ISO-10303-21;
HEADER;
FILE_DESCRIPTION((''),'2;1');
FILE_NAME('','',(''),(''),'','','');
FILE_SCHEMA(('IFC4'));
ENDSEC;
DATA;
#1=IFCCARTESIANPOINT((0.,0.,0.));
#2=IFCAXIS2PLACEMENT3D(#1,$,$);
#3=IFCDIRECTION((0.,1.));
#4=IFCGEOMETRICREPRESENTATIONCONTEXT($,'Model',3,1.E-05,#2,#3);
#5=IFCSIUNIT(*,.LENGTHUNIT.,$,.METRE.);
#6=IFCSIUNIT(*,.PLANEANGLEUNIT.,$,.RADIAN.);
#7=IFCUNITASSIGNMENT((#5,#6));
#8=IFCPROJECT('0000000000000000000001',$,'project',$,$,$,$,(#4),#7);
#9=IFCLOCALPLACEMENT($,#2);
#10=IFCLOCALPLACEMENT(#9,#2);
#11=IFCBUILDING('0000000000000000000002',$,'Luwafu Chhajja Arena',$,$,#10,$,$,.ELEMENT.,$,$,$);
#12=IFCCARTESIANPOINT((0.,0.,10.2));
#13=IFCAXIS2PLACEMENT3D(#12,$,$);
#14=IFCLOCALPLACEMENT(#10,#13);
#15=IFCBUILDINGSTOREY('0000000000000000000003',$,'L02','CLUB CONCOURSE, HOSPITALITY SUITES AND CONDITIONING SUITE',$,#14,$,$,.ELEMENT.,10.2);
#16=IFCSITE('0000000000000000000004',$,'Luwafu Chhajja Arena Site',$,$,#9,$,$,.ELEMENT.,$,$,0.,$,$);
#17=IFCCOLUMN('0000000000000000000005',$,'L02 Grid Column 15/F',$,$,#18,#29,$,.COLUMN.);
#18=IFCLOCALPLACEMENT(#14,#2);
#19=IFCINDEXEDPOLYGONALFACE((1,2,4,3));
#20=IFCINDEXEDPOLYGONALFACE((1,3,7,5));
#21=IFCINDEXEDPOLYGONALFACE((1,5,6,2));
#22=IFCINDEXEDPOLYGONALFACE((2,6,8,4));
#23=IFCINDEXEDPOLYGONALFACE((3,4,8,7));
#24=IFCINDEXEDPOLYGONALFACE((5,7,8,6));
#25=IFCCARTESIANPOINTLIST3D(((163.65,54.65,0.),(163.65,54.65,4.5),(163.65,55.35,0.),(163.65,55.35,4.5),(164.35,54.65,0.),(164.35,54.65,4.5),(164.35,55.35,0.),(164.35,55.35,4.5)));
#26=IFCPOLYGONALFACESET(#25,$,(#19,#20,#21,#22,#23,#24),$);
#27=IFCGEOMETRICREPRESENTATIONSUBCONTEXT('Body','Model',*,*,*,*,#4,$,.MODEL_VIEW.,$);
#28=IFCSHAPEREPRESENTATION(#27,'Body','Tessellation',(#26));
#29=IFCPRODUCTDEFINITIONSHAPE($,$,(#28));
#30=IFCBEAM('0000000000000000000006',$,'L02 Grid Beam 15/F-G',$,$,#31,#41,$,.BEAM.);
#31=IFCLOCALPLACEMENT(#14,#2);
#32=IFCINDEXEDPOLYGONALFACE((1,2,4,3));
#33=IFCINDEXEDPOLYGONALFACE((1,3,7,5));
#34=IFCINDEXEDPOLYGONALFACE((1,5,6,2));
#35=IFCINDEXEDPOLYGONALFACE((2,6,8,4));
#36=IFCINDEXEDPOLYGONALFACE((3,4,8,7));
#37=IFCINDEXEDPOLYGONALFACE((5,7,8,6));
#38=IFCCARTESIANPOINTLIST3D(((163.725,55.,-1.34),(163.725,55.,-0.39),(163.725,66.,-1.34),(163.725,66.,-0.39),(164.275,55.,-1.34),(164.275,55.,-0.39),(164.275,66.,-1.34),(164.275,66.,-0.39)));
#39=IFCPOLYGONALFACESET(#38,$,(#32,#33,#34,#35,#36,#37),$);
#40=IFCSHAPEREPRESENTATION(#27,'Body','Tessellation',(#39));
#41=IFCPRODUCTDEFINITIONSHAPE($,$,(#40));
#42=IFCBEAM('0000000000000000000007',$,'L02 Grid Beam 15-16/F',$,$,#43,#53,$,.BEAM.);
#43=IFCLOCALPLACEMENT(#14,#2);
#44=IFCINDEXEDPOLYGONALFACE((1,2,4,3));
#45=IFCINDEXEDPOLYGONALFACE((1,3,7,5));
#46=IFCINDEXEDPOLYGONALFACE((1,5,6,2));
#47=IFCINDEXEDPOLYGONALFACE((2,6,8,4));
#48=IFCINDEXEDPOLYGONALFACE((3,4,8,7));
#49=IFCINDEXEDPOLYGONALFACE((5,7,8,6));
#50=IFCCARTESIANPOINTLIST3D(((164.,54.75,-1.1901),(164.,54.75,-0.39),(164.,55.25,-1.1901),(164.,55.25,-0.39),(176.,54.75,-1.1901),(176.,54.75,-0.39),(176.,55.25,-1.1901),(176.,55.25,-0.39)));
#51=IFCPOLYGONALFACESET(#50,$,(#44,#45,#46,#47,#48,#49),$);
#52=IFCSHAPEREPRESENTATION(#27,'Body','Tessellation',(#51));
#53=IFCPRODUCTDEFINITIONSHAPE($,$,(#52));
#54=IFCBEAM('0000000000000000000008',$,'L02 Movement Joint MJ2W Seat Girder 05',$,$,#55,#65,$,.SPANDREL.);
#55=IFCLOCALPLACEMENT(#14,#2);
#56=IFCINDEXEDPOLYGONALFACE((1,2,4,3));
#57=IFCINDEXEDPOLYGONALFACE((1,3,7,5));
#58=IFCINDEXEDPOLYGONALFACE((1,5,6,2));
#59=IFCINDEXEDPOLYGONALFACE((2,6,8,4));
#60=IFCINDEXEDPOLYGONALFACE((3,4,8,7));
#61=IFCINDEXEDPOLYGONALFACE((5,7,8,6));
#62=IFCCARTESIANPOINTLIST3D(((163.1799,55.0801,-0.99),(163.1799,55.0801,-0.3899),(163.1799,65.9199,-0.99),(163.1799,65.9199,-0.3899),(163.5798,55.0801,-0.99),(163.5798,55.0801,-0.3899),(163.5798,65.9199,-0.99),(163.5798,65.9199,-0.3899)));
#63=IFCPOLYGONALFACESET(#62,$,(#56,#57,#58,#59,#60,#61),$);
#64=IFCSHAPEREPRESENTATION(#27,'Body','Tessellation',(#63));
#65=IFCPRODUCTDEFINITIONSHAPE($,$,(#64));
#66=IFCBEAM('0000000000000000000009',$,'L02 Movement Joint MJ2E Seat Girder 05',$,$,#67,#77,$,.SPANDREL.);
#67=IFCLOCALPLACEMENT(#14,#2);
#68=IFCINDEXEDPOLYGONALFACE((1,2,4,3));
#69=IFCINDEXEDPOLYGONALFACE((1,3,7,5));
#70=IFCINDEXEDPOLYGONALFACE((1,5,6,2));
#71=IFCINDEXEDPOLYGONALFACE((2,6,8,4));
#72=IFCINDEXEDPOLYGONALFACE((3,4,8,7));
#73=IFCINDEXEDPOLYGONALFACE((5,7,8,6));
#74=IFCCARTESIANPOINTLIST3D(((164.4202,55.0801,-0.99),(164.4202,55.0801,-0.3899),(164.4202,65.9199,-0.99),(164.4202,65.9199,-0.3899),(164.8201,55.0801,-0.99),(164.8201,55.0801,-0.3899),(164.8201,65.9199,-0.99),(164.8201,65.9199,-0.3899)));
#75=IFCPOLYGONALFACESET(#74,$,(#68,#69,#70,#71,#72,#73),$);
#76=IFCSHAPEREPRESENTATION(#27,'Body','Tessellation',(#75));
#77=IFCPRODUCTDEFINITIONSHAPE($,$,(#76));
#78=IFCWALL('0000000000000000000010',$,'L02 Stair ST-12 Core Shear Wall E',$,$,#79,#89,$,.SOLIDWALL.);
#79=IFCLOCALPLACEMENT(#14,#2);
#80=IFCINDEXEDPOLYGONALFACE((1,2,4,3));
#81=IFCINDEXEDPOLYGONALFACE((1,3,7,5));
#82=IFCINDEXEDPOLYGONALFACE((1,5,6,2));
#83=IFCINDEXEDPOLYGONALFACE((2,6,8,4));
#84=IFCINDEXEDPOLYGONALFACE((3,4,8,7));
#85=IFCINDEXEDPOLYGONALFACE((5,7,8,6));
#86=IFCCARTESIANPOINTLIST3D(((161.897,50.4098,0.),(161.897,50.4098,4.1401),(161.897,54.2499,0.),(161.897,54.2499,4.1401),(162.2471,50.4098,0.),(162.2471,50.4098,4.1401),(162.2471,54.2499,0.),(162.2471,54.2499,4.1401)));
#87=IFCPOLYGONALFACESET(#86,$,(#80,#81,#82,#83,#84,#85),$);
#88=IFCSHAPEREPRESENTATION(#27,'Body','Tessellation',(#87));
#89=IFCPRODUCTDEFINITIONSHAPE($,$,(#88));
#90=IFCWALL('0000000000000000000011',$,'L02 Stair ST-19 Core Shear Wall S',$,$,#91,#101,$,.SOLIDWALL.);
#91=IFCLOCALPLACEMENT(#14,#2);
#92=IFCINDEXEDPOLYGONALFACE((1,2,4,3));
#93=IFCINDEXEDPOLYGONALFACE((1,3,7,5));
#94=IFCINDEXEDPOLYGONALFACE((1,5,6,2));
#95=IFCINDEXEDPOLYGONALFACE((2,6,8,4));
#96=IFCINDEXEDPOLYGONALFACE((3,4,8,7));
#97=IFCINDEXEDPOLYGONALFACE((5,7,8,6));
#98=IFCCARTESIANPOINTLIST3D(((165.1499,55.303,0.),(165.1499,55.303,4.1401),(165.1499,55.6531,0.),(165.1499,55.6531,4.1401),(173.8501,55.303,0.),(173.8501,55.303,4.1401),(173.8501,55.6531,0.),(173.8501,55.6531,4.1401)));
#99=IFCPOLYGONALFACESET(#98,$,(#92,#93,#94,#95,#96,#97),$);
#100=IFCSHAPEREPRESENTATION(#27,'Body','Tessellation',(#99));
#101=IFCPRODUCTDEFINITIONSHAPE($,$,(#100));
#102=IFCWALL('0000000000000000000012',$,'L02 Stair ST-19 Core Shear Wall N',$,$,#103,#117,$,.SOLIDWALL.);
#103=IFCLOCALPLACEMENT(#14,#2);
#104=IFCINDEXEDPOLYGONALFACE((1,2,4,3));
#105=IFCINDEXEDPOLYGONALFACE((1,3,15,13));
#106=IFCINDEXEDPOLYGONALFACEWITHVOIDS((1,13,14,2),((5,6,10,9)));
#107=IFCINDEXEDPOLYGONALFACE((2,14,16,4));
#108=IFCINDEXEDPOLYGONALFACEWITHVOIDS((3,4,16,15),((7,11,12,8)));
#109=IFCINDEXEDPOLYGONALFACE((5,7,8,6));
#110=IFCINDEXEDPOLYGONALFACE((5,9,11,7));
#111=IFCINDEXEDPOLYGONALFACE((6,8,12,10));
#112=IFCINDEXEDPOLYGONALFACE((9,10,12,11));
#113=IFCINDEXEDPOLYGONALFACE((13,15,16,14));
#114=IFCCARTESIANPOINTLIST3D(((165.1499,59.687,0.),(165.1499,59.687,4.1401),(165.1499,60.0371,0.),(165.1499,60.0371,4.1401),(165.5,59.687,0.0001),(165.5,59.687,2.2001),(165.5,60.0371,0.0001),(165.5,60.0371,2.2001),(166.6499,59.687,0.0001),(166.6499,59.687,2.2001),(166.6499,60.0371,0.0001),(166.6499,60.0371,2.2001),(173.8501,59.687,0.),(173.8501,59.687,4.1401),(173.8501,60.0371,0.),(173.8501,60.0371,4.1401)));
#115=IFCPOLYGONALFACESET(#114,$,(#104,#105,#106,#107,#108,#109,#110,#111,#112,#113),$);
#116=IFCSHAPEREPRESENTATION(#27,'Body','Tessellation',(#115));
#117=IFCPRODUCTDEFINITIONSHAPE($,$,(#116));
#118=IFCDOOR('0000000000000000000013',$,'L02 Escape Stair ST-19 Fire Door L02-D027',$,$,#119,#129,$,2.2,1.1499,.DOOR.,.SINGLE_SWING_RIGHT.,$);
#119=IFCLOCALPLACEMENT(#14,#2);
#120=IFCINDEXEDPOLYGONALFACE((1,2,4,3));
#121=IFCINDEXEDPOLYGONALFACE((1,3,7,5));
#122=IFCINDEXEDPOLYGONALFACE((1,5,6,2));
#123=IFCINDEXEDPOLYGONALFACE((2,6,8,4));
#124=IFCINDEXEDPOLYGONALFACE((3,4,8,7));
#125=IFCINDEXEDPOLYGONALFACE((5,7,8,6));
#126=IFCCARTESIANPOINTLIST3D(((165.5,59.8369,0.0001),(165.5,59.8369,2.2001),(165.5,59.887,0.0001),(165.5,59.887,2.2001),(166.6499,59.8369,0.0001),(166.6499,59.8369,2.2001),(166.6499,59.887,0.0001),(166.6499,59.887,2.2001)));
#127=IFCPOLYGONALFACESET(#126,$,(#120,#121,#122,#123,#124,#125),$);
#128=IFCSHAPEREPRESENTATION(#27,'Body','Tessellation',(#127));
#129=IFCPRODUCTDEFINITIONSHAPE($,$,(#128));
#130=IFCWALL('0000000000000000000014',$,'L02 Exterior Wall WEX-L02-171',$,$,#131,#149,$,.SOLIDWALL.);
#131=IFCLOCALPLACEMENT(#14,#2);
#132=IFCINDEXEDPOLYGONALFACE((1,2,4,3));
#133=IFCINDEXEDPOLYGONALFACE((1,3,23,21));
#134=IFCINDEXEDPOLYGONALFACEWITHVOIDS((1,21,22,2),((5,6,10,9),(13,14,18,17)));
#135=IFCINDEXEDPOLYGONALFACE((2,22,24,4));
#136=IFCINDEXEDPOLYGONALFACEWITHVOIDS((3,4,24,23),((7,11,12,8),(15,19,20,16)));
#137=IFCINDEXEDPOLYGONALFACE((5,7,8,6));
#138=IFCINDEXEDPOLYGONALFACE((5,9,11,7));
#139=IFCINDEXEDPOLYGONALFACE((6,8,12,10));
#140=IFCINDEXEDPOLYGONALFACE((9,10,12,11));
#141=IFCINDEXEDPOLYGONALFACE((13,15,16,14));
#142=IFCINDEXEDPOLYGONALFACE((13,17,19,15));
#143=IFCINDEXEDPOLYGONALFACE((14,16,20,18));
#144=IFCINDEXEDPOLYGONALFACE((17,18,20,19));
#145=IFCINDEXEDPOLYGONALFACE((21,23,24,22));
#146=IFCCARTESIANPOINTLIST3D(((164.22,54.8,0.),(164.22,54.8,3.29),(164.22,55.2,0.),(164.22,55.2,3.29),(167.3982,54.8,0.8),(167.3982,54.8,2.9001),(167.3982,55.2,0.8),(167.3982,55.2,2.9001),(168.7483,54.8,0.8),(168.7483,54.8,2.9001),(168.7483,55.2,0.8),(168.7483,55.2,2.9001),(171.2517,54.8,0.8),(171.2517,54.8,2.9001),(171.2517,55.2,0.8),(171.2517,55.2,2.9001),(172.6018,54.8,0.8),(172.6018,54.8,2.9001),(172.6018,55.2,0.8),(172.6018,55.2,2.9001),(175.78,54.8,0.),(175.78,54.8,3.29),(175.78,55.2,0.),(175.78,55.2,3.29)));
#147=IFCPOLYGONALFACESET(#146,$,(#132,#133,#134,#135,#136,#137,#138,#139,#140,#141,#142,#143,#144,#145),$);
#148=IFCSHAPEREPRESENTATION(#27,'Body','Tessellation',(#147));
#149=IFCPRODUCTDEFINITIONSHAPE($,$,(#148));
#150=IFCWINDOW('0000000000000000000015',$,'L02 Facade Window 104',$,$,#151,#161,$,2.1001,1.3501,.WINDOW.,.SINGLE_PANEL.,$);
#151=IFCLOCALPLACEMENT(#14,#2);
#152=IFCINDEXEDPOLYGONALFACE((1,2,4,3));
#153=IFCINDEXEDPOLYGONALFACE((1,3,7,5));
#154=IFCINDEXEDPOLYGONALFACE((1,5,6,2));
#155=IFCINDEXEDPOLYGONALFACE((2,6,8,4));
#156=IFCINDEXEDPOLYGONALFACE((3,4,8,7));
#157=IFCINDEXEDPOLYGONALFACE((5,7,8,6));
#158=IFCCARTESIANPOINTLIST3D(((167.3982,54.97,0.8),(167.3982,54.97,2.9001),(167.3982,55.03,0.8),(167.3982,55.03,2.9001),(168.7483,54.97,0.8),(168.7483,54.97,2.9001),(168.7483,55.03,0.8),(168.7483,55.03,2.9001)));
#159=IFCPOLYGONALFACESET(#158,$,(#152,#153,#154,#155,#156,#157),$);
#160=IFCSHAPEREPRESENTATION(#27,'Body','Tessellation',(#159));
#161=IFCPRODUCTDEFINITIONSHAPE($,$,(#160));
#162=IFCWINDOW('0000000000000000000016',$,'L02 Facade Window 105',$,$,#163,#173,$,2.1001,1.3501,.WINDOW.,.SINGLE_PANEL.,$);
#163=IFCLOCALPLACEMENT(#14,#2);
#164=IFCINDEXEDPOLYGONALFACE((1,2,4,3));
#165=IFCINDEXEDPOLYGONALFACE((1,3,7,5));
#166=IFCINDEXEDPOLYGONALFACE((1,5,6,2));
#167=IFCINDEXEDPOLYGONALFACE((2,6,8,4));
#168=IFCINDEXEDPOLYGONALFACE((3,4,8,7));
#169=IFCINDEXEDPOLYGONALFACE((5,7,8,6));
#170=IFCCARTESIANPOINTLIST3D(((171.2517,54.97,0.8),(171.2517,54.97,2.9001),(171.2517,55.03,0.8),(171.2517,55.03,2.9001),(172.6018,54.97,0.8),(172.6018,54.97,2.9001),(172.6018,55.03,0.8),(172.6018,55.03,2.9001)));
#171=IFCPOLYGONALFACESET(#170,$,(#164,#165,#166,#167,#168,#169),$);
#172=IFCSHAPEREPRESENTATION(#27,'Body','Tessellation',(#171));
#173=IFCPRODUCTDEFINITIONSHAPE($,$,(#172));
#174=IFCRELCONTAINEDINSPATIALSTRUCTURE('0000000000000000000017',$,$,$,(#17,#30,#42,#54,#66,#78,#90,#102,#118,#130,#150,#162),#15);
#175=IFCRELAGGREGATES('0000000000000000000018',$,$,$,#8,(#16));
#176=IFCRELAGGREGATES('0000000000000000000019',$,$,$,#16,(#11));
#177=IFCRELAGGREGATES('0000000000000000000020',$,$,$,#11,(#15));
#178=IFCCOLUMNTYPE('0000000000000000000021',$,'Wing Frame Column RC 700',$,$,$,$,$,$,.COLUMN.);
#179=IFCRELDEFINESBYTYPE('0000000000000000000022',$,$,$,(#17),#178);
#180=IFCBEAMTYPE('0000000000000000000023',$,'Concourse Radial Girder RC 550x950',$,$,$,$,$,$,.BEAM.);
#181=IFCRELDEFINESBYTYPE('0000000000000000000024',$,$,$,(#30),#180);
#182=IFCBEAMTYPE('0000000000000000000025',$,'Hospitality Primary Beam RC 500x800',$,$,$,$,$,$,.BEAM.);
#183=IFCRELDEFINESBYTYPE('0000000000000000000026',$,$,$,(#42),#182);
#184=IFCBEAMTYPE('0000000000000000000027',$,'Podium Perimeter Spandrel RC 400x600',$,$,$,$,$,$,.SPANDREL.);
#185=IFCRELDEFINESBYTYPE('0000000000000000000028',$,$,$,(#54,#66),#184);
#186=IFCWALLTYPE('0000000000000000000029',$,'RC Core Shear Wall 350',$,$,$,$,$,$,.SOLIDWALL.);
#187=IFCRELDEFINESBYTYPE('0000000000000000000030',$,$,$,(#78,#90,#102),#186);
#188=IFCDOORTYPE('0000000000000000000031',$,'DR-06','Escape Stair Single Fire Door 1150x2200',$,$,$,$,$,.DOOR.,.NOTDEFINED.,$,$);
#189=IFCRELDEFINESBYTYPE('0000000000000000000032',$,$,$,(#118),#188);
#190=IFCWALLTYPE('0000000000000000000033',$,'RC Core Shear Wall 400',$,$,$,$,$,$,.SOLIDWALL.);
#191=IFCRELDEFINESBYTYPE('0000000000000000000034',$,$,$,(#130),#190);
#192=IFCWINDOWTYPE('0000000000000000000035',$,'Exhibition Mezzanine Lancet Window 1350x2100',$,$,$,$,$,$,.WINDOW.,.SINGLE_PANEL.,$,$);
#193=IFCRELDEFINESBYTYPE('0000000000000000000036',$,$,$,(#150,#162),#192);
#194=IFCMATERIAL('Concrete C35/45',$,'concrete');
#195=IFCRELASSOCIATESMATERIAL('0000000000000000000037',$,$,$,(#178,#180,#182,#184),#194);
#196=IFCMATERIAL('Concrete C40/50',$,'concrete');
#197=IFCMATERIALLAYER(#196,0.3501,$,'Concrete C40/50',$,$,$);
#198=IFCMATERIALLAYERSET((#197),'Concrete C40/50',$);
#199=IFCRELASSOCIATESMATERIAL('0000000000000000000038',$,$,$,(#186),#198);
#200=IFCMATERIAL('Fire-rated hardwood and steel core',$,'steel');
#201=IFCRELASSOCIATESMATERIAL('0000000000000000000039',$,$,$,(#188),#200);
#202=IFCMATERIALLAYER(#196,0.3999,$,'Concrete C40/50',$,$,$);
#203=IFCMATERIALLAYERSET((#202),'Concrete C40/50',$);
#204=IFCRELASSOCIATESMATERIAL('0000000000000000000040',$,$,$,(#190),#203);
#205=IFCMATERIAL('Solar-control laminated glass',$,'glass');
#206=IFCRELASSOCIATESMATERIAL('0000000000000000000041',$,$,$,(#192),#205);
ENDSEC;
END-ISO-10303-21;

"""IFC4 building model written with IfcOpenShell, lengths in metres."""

from ifc_helpers import new_model, si_unit, direction, frame, frame_2d, origin, origin_2d, place, context, subcontext, project, spatial, rectangle, extrude, material, layer, layer_set, material_profile, profile_set, type_object, element, fill, save


model = new_model("IFC4")

# Units and contexts
model_context = context("Model", 3, precision=1e-05, world=origin(), true_north=direction((0.0, 1.0)))
body_context = subcontext(model_context, "Body", "Model", "MODEL_VIEW")
ifc_project = project(units=[si_unit("LENGTHUNIT", "METRE"), si_unit("PLANEANGLEUNIT", "RADIAN")], contexts=[model_context])

# Site, building, storey
site_placement = place(None, origin())
site = spatial("IfcSite", under=ifc_project, at=site_placement, Name="Luwafu Chhajja Arena Site", CompositionType="ELEMENT", RefElevation=0.0)
building_placement = place(site_placement, origin())
building = spatial("IfcBuilding", under=site, at=building_placement, Name="Luwafu Chhajja Arena", CompositionType="ELEMENT")
storey_placement = place(building_placement, frame((0.0, 0.0, 10.2)))
storey = spatial("IfcBuildingStorey", under=building, at=storey_placement, Name="L02", Description="CLUB CONCOURSE, HOSPITALITY SUITES AND CONDITIONING SUITE", CompositionType="ELEMENT", Elevation=10.2)

# Column
ifc_material_1 = material(Name="Concrete C35/45", Category="concrete")
ifc_material_profile_1 = material_profile(ifc_material_1, rectangle(XDim=0.7, YDim=0.7, at=origin_2d()), Name="RC 700x700")
ifc_profile_set_1 = profile_set([ifc_material_profile_1], Name="Concrete C35/45")
column_type = type_object("IfcColumnType", Name="Wing Frame Column RC 700", PredefinedType="COLUMN", material=ifc_profile_set_1)
column_placement = place(storey_placement, frame((164.0, 55.0, 0.0), z_axis=(0.0, 0.0, 1.0), x_axis=(1.0, 0.0, 0.0)))
element("IfcColumn", 1, at=column_placement, inside=storey, type_object=column_type, Name="L02 Grid Column 15/F", PredefinedType="COLUMN", context=body_context, shape_type="SweptSolid", body=[
    extrude(rectangle(XDim=0.7, YDim=0.7, at=origin_2d()), origin(), (0.0, 0.0, 1.0), 4.5),
])

# Beams
ifc_material_profile_2 = material_profile(ifc_material_1, rectangle(XDim=0.55, YDim=0.95, at=origin_2d()), Name="RC 550x950")
ifc_profile_set_2 = profile_set([ifc_material_profile_2], Name="Concrete C35/45")
beam_type_1 = type_object("IfcBeamType", Name="Concourse Radial Girder RC 550x950", PredefinedType="BEAM", material=ifc_profile_set_2)
beam_1_placement = place(storey_placement, frame((164.0, 55.0, -0.865), z_axis=(0.0, 1.0, 0.0), x_axis=(-1.0, 0.0, 0.0)))
element("IfcBeam", 2, at=beam_1_placement, inside=storey, type_object=beam_type_1, Name="L02 Grid Beam 15/F-G", PredefinedType="BEAM", context=body_context, shape_type="SweptSolid", body=[
    extrude(rectangle(XDim=0.55, YDim=0.95, at=origin_2d()), origin(), (0.0, 0.0, 1.0), 11.0),
])
ifc_material_profile_3 = material_profile(ifc_material_1, rectangle(XDim=0.5, YDim=0.8, at=origin_2d()), Name="RC 500x800")
ifc_profile_set_3 = profile_set([ifc_material_profile_3], Name="Concrete C35/45")
beam_type_2 = type_object("IfcBeamType", Name="Hospitality Primary Beam RC 500x800", PredefinedType="BEAM", material=ifc_profile_set_3)
beam_2_placement = place(storey_placement, frame((164.0, 55.0, -0.79), z_axis=(1.0, 0.0, 0.0), x_axis=(0.0, 1.0, 0.0)))
element("IfcBeam", 3, at=beam_2_placement, inside=storey, type_object=beam_type_2, Name="L02 Grid Beam 15-16/F", PredefinedType="BEAM", context=body_context, shape_type="SweptSolid", body=[
    extrude(rectangle(XDim=0.5, YDim=0.8, at=origin_2d()), origin(), (0.0, 0.0, 1.0), 12.0),
])
ifc_material_profile_4 = material_profile(ifc_material_1, rectangle(XDim=0.3999, YDim=0.6001, at=origin_2d()), Name="RC 400x600")
ifc_profile_set_4 = profile_set([ifc_material_profile_4], Name="Concrete C35/45")
beam_type_3 = type_object("IfcBeamType", Name="Podium Perimeter Spandrel RC 400x600", PredefinedType="SPANDREL", material=ifc_profile_set_4)
for number, where, z_axis, x_axis, name in (
    (4, (163.3799, 55.0801, -0.6899), (0.0, 1.0, 0.0), (-1.0, 0.0, 0.0), "L02 Movement Joint MJ2W Seat Girder 05"),
    (5, (164.6201, 55.0801, -0.6899), (0.0, 1.0, 0.0), (-1.0, 0.0, 0.0), "L02 Movement Joint MJ2E Seat Girder 05"),
):
    element("IfcBeam", number, at=place(storey_placement, frame(where, z_axis=z_axis, x_axis=x_axis)), inside=storey, type_object=beam_type_3, Name=name, PredefinedType="SPANDREL", context=body_context, shape_type="SweptSolid", body=[
        extrude(rectangle(XDim=0.3999, YDim=0.6001, at=origin_2d()), origin(), (0.0, 0.0, 1.0), 10.8398),
    ])

# Walls
ifc_material_2 = material(Name="Concrete C40/50", Category="concrete")
ifc_layer_1 = layer(ifc_material_2, 0.3501, Name="Concrete C40/50")
ifc_layer_set_1 = layer_set([ifc_layer_1], Name="Concrete C40/50")
wall_type_1 = type_object("IfcWallType", Name="RC Core Shear Wall 350", PredefinedType="SOLIDWALL", material=ifc_layer_set_1)
wall_1_placement = place(storey_placement, frame((162.072, 50.4099, 0.0), z_axis=(0.0, 0.0, 1.0), x_axis=(0.0, 1.0, 0.0)))
element("IfcWall", 6, at=wall_1_placement, inside=storey, type_object=wall_type_1, Name="L02 Stair ST-12 Core Shear Wall E", PredefinedType="SOLIDWALL", context=body_context, shape_type="SweptSolid", body=[
    extrude(rectangle(XDim=3.8401, YDim=0.3501, at=frame_2d((1.9199, 0.0))), origin(), (0.0, 0.0, 1.0), 4.1401),
])
wall_2_placement = place(storey_placement, frame((165.1499, 55.478, 0.0), z_axis=(0.0, 0.0, 1.0), x_axis=(1.0, 0.0, 0.0)))
element("IfcWall", 7, at=wall_2_placement, inside=storey, type_object=wall_type_1, Name="L02 Stair ST-19 Core Shear Wall S", PredefinedType="SOLIDWALL", context=body_context, shape_type="SweptSolid", body=[
    extrude(rectangle(XDim=8.7002, YDim=0.3501, at=frame_2d((4.3501, 0.0))), origin(), (0.0, 0.0, 1.0), 4.1401),
])

# Wall, opening, door
wall_3_placement = place(storey_placement, frame((165.1499, 59.8621, 0.0), z_axis=(0.0, 0.0, 1.0), x_axis=(1.0, 0.0, 0.0)))
wall_3 = element("IfcWall", 8, at=wall_3_placement, inside=storey, type_object=wall_type_1, Name="L02 Stair ST-19 Core Shear Wall N", PredefinedType="SOLIDWALL", context=body_context, shape_type="SweptSolid", body=[
    extrude(rectangle(XDim=8.7002, YDim=0.3501, at=frame_2d((4.3501, 0.0))), origin(), (0.0, 0.0, 1.0), 4.1401),
])
opening_1_placement = place(wall_3_placement, frame((0.3501, 0.0, 0.0)))
opening_1 = element("IfcOpeningElement", 9, at=opening_1_placement, cuts=wall_3, PredefinedType="OPENING", context=body_context, shape_type="SweptSolid", body=[
    extrude(rectangle(XDim=1.1499, YDim=2.2, at=frame_2d((0.575, 1.1001))), frame((0.0, 0.1851, 0.0), z_axis=(0.0, -1.0, 0.0), x_axis=(1.0, 0.0, 0.0)), (0.0, 0.0, 1.0), 0.3701),
])
ifc_material_3 = material(Name="Fire-rated hardwood and steel core", Category="steel")
door_type = type_object("IfcDoorType", Name="DR-06", Description="Escape Stair Single Fire Door 1150x2200", OperationType="NOTDEFINED", PredefinedType="DOOR", material=ifc_material_3)
door_placement = place(opening_1_placement, origin())
door = element("IfcDoor", 10, at=door_placement, inside=storey, type_object=door_type, Name="L02 Escape Stair ST-19 Fire Door L02-D027", OperationType="SINGLE_SWING_RIGHT", OverallHeight=2.2, OverallWidth=1.1499, PredefinedType="DOOR", context=body_context, shape_type="SweptSolid", body=[
    extrude(rectangle(XDim=1.1499, YDim=2.2, at=frame_2d((0.575, 1.1001))), frame((0.0, 0.0249, 0.0), z_axis=(0.0, -1.0, 0.0), x_axis=(1.0, 0.0, 0.0)), (0.0, 0.0, 1.0), 0.05),
])
fill(opening_1, door)

# Wall, openings, windows
ifc_layer_2 = layer(ifc_material_2, 0.3999, Name="Concrete C40/50")
ifc_layer_set_2 = layer_set([ifc_layer_2], Name="Concrete C40/50")
wall_type_2 = type_object("IfcWallType", Name="RC Core Shear Wall 400", PredefinedType="SOLIDWALL", material=ifc_layer_set_2)
wall_4_placement = place(storey_placement, frame((164.22, 55.0, 0.0), z_axis=(0.0, 0.0, 1.0), x_axis=(1.0, 0.0, 0.0)))
wall_4 = element("IfcWall", 11, at=wall_4_placement, inside=storey, type_object=wall_type_2, Name="L02 Exterior Wall WEX-L02-171", PredefinedType="SOLIDWALL", context=body_context, shape_type="SweptSolid", body=[
    extrude(rectangle(XDim=11.5601, YDim=0.3999, at=frame_2d((5.78, 0.0))), origin(), (0.0, 0.0, 1.0), 3.29),
])
opening_2_placement = place(wall_4_placement, frame((3.1782, 0.0, 0.8)))
opening_2 = element("IfcOpeningElement", 12, at=opening_2_placement, cuts=wall_4, PredefinedType="OPENING", context=body_context, shape_type="SweptSolid", body=[
    extrude(rectangle(XDim=1.3501, YDim=2.1001, at=frame_2d((0.675, 1.05))), frame((0.0, 0.21, 0.0), z_axis=(0.0, -1.0, 0.0), x_axis=(1.0, 0.0, 0.0)), (0.0, 0.0, 1.0), 0.4199),
])
opening_3_placement = place(wall_4_placement, frame((7.0317, 0.0, 0.8)))
opening_3 = element("IfcOpeningElement", 13, at=opening_3_placement, cuts=wall_4, PredefinedType="OPENING", context=body_context, shape_type="SweptSolid", body=[
    extrude(rectangle(XDim=1.3501, YDim=2.1001, at=frame_2d((0.675, 1.05))), frame((0.0, 0.21, 0.0), z_axis=(0.0, -1.0, 0.0), x_axis=(1.0, 0.0, 0.0)), (0.0, 0.0, 1.0), 0.4199),
])
ifc_material_4 = material(Name="Solar-control laminated glass", Category="glass")
window_type = type_object("IfcWindowType", Name="Exhibition Mezzanine Lancet Window 1350x2100", PartitioningType="SINGLE_PANEL", PredefinedType="WINDOW", material=ifc_material_4)
window_1_placement = place(opening_2_placement, origin())
window_1 = element("IfcWindow", 14, at=window_1_placement, inside=storey, type_object=window_type, Name="L02 Facade Window 104", OverallHeight=2.1001, OverallWidth=1.3501, PartitioningType="SINGLE_PANEL", PredefinedType="WINDOW", context=body_context, shape_type="SweptSolid", body=[
    extrude(rectangle(XDim=1.3501, YDim=2.1001, at=frame_2d((0.675, 1.05))), frame((0.0, 0.03, 0.0), z_axis=(0.0, -1.0, 0.0), x_axis=(1.0, 0.0, 0.0)), (0.0, 0.0, 1.0), 0.0601),
])
fill(opening_2, window_1)
window_2_placement = place(opening_3_placement, origin())
window_2 = element("IfcWindow", 15, at=window_2_placement, inside=storey, type_object=window_type, Name="L02 Facade Window 105", OverallHeight=2.1001, OverallWidth=1.3501, PartitioningType="SINGLE_PANEL", PredefinedType="WINDOW", context=body_context, shape_type="SweptSolid", body=[
    extrude(rectangle(XDim=1.3501, YDim=2.1001, at=frame_2d((0.675, 1.05))), frame((0.0, 0.03, 0.0), z_axis=(0.0, -1.0, 0.0), x_axis=(1.0, 0.0, 0.0)), (0.0, 0.0, 1.0), 0.0601),
])
fill(opening_3, window_2)

save(model, "model.ifc")
